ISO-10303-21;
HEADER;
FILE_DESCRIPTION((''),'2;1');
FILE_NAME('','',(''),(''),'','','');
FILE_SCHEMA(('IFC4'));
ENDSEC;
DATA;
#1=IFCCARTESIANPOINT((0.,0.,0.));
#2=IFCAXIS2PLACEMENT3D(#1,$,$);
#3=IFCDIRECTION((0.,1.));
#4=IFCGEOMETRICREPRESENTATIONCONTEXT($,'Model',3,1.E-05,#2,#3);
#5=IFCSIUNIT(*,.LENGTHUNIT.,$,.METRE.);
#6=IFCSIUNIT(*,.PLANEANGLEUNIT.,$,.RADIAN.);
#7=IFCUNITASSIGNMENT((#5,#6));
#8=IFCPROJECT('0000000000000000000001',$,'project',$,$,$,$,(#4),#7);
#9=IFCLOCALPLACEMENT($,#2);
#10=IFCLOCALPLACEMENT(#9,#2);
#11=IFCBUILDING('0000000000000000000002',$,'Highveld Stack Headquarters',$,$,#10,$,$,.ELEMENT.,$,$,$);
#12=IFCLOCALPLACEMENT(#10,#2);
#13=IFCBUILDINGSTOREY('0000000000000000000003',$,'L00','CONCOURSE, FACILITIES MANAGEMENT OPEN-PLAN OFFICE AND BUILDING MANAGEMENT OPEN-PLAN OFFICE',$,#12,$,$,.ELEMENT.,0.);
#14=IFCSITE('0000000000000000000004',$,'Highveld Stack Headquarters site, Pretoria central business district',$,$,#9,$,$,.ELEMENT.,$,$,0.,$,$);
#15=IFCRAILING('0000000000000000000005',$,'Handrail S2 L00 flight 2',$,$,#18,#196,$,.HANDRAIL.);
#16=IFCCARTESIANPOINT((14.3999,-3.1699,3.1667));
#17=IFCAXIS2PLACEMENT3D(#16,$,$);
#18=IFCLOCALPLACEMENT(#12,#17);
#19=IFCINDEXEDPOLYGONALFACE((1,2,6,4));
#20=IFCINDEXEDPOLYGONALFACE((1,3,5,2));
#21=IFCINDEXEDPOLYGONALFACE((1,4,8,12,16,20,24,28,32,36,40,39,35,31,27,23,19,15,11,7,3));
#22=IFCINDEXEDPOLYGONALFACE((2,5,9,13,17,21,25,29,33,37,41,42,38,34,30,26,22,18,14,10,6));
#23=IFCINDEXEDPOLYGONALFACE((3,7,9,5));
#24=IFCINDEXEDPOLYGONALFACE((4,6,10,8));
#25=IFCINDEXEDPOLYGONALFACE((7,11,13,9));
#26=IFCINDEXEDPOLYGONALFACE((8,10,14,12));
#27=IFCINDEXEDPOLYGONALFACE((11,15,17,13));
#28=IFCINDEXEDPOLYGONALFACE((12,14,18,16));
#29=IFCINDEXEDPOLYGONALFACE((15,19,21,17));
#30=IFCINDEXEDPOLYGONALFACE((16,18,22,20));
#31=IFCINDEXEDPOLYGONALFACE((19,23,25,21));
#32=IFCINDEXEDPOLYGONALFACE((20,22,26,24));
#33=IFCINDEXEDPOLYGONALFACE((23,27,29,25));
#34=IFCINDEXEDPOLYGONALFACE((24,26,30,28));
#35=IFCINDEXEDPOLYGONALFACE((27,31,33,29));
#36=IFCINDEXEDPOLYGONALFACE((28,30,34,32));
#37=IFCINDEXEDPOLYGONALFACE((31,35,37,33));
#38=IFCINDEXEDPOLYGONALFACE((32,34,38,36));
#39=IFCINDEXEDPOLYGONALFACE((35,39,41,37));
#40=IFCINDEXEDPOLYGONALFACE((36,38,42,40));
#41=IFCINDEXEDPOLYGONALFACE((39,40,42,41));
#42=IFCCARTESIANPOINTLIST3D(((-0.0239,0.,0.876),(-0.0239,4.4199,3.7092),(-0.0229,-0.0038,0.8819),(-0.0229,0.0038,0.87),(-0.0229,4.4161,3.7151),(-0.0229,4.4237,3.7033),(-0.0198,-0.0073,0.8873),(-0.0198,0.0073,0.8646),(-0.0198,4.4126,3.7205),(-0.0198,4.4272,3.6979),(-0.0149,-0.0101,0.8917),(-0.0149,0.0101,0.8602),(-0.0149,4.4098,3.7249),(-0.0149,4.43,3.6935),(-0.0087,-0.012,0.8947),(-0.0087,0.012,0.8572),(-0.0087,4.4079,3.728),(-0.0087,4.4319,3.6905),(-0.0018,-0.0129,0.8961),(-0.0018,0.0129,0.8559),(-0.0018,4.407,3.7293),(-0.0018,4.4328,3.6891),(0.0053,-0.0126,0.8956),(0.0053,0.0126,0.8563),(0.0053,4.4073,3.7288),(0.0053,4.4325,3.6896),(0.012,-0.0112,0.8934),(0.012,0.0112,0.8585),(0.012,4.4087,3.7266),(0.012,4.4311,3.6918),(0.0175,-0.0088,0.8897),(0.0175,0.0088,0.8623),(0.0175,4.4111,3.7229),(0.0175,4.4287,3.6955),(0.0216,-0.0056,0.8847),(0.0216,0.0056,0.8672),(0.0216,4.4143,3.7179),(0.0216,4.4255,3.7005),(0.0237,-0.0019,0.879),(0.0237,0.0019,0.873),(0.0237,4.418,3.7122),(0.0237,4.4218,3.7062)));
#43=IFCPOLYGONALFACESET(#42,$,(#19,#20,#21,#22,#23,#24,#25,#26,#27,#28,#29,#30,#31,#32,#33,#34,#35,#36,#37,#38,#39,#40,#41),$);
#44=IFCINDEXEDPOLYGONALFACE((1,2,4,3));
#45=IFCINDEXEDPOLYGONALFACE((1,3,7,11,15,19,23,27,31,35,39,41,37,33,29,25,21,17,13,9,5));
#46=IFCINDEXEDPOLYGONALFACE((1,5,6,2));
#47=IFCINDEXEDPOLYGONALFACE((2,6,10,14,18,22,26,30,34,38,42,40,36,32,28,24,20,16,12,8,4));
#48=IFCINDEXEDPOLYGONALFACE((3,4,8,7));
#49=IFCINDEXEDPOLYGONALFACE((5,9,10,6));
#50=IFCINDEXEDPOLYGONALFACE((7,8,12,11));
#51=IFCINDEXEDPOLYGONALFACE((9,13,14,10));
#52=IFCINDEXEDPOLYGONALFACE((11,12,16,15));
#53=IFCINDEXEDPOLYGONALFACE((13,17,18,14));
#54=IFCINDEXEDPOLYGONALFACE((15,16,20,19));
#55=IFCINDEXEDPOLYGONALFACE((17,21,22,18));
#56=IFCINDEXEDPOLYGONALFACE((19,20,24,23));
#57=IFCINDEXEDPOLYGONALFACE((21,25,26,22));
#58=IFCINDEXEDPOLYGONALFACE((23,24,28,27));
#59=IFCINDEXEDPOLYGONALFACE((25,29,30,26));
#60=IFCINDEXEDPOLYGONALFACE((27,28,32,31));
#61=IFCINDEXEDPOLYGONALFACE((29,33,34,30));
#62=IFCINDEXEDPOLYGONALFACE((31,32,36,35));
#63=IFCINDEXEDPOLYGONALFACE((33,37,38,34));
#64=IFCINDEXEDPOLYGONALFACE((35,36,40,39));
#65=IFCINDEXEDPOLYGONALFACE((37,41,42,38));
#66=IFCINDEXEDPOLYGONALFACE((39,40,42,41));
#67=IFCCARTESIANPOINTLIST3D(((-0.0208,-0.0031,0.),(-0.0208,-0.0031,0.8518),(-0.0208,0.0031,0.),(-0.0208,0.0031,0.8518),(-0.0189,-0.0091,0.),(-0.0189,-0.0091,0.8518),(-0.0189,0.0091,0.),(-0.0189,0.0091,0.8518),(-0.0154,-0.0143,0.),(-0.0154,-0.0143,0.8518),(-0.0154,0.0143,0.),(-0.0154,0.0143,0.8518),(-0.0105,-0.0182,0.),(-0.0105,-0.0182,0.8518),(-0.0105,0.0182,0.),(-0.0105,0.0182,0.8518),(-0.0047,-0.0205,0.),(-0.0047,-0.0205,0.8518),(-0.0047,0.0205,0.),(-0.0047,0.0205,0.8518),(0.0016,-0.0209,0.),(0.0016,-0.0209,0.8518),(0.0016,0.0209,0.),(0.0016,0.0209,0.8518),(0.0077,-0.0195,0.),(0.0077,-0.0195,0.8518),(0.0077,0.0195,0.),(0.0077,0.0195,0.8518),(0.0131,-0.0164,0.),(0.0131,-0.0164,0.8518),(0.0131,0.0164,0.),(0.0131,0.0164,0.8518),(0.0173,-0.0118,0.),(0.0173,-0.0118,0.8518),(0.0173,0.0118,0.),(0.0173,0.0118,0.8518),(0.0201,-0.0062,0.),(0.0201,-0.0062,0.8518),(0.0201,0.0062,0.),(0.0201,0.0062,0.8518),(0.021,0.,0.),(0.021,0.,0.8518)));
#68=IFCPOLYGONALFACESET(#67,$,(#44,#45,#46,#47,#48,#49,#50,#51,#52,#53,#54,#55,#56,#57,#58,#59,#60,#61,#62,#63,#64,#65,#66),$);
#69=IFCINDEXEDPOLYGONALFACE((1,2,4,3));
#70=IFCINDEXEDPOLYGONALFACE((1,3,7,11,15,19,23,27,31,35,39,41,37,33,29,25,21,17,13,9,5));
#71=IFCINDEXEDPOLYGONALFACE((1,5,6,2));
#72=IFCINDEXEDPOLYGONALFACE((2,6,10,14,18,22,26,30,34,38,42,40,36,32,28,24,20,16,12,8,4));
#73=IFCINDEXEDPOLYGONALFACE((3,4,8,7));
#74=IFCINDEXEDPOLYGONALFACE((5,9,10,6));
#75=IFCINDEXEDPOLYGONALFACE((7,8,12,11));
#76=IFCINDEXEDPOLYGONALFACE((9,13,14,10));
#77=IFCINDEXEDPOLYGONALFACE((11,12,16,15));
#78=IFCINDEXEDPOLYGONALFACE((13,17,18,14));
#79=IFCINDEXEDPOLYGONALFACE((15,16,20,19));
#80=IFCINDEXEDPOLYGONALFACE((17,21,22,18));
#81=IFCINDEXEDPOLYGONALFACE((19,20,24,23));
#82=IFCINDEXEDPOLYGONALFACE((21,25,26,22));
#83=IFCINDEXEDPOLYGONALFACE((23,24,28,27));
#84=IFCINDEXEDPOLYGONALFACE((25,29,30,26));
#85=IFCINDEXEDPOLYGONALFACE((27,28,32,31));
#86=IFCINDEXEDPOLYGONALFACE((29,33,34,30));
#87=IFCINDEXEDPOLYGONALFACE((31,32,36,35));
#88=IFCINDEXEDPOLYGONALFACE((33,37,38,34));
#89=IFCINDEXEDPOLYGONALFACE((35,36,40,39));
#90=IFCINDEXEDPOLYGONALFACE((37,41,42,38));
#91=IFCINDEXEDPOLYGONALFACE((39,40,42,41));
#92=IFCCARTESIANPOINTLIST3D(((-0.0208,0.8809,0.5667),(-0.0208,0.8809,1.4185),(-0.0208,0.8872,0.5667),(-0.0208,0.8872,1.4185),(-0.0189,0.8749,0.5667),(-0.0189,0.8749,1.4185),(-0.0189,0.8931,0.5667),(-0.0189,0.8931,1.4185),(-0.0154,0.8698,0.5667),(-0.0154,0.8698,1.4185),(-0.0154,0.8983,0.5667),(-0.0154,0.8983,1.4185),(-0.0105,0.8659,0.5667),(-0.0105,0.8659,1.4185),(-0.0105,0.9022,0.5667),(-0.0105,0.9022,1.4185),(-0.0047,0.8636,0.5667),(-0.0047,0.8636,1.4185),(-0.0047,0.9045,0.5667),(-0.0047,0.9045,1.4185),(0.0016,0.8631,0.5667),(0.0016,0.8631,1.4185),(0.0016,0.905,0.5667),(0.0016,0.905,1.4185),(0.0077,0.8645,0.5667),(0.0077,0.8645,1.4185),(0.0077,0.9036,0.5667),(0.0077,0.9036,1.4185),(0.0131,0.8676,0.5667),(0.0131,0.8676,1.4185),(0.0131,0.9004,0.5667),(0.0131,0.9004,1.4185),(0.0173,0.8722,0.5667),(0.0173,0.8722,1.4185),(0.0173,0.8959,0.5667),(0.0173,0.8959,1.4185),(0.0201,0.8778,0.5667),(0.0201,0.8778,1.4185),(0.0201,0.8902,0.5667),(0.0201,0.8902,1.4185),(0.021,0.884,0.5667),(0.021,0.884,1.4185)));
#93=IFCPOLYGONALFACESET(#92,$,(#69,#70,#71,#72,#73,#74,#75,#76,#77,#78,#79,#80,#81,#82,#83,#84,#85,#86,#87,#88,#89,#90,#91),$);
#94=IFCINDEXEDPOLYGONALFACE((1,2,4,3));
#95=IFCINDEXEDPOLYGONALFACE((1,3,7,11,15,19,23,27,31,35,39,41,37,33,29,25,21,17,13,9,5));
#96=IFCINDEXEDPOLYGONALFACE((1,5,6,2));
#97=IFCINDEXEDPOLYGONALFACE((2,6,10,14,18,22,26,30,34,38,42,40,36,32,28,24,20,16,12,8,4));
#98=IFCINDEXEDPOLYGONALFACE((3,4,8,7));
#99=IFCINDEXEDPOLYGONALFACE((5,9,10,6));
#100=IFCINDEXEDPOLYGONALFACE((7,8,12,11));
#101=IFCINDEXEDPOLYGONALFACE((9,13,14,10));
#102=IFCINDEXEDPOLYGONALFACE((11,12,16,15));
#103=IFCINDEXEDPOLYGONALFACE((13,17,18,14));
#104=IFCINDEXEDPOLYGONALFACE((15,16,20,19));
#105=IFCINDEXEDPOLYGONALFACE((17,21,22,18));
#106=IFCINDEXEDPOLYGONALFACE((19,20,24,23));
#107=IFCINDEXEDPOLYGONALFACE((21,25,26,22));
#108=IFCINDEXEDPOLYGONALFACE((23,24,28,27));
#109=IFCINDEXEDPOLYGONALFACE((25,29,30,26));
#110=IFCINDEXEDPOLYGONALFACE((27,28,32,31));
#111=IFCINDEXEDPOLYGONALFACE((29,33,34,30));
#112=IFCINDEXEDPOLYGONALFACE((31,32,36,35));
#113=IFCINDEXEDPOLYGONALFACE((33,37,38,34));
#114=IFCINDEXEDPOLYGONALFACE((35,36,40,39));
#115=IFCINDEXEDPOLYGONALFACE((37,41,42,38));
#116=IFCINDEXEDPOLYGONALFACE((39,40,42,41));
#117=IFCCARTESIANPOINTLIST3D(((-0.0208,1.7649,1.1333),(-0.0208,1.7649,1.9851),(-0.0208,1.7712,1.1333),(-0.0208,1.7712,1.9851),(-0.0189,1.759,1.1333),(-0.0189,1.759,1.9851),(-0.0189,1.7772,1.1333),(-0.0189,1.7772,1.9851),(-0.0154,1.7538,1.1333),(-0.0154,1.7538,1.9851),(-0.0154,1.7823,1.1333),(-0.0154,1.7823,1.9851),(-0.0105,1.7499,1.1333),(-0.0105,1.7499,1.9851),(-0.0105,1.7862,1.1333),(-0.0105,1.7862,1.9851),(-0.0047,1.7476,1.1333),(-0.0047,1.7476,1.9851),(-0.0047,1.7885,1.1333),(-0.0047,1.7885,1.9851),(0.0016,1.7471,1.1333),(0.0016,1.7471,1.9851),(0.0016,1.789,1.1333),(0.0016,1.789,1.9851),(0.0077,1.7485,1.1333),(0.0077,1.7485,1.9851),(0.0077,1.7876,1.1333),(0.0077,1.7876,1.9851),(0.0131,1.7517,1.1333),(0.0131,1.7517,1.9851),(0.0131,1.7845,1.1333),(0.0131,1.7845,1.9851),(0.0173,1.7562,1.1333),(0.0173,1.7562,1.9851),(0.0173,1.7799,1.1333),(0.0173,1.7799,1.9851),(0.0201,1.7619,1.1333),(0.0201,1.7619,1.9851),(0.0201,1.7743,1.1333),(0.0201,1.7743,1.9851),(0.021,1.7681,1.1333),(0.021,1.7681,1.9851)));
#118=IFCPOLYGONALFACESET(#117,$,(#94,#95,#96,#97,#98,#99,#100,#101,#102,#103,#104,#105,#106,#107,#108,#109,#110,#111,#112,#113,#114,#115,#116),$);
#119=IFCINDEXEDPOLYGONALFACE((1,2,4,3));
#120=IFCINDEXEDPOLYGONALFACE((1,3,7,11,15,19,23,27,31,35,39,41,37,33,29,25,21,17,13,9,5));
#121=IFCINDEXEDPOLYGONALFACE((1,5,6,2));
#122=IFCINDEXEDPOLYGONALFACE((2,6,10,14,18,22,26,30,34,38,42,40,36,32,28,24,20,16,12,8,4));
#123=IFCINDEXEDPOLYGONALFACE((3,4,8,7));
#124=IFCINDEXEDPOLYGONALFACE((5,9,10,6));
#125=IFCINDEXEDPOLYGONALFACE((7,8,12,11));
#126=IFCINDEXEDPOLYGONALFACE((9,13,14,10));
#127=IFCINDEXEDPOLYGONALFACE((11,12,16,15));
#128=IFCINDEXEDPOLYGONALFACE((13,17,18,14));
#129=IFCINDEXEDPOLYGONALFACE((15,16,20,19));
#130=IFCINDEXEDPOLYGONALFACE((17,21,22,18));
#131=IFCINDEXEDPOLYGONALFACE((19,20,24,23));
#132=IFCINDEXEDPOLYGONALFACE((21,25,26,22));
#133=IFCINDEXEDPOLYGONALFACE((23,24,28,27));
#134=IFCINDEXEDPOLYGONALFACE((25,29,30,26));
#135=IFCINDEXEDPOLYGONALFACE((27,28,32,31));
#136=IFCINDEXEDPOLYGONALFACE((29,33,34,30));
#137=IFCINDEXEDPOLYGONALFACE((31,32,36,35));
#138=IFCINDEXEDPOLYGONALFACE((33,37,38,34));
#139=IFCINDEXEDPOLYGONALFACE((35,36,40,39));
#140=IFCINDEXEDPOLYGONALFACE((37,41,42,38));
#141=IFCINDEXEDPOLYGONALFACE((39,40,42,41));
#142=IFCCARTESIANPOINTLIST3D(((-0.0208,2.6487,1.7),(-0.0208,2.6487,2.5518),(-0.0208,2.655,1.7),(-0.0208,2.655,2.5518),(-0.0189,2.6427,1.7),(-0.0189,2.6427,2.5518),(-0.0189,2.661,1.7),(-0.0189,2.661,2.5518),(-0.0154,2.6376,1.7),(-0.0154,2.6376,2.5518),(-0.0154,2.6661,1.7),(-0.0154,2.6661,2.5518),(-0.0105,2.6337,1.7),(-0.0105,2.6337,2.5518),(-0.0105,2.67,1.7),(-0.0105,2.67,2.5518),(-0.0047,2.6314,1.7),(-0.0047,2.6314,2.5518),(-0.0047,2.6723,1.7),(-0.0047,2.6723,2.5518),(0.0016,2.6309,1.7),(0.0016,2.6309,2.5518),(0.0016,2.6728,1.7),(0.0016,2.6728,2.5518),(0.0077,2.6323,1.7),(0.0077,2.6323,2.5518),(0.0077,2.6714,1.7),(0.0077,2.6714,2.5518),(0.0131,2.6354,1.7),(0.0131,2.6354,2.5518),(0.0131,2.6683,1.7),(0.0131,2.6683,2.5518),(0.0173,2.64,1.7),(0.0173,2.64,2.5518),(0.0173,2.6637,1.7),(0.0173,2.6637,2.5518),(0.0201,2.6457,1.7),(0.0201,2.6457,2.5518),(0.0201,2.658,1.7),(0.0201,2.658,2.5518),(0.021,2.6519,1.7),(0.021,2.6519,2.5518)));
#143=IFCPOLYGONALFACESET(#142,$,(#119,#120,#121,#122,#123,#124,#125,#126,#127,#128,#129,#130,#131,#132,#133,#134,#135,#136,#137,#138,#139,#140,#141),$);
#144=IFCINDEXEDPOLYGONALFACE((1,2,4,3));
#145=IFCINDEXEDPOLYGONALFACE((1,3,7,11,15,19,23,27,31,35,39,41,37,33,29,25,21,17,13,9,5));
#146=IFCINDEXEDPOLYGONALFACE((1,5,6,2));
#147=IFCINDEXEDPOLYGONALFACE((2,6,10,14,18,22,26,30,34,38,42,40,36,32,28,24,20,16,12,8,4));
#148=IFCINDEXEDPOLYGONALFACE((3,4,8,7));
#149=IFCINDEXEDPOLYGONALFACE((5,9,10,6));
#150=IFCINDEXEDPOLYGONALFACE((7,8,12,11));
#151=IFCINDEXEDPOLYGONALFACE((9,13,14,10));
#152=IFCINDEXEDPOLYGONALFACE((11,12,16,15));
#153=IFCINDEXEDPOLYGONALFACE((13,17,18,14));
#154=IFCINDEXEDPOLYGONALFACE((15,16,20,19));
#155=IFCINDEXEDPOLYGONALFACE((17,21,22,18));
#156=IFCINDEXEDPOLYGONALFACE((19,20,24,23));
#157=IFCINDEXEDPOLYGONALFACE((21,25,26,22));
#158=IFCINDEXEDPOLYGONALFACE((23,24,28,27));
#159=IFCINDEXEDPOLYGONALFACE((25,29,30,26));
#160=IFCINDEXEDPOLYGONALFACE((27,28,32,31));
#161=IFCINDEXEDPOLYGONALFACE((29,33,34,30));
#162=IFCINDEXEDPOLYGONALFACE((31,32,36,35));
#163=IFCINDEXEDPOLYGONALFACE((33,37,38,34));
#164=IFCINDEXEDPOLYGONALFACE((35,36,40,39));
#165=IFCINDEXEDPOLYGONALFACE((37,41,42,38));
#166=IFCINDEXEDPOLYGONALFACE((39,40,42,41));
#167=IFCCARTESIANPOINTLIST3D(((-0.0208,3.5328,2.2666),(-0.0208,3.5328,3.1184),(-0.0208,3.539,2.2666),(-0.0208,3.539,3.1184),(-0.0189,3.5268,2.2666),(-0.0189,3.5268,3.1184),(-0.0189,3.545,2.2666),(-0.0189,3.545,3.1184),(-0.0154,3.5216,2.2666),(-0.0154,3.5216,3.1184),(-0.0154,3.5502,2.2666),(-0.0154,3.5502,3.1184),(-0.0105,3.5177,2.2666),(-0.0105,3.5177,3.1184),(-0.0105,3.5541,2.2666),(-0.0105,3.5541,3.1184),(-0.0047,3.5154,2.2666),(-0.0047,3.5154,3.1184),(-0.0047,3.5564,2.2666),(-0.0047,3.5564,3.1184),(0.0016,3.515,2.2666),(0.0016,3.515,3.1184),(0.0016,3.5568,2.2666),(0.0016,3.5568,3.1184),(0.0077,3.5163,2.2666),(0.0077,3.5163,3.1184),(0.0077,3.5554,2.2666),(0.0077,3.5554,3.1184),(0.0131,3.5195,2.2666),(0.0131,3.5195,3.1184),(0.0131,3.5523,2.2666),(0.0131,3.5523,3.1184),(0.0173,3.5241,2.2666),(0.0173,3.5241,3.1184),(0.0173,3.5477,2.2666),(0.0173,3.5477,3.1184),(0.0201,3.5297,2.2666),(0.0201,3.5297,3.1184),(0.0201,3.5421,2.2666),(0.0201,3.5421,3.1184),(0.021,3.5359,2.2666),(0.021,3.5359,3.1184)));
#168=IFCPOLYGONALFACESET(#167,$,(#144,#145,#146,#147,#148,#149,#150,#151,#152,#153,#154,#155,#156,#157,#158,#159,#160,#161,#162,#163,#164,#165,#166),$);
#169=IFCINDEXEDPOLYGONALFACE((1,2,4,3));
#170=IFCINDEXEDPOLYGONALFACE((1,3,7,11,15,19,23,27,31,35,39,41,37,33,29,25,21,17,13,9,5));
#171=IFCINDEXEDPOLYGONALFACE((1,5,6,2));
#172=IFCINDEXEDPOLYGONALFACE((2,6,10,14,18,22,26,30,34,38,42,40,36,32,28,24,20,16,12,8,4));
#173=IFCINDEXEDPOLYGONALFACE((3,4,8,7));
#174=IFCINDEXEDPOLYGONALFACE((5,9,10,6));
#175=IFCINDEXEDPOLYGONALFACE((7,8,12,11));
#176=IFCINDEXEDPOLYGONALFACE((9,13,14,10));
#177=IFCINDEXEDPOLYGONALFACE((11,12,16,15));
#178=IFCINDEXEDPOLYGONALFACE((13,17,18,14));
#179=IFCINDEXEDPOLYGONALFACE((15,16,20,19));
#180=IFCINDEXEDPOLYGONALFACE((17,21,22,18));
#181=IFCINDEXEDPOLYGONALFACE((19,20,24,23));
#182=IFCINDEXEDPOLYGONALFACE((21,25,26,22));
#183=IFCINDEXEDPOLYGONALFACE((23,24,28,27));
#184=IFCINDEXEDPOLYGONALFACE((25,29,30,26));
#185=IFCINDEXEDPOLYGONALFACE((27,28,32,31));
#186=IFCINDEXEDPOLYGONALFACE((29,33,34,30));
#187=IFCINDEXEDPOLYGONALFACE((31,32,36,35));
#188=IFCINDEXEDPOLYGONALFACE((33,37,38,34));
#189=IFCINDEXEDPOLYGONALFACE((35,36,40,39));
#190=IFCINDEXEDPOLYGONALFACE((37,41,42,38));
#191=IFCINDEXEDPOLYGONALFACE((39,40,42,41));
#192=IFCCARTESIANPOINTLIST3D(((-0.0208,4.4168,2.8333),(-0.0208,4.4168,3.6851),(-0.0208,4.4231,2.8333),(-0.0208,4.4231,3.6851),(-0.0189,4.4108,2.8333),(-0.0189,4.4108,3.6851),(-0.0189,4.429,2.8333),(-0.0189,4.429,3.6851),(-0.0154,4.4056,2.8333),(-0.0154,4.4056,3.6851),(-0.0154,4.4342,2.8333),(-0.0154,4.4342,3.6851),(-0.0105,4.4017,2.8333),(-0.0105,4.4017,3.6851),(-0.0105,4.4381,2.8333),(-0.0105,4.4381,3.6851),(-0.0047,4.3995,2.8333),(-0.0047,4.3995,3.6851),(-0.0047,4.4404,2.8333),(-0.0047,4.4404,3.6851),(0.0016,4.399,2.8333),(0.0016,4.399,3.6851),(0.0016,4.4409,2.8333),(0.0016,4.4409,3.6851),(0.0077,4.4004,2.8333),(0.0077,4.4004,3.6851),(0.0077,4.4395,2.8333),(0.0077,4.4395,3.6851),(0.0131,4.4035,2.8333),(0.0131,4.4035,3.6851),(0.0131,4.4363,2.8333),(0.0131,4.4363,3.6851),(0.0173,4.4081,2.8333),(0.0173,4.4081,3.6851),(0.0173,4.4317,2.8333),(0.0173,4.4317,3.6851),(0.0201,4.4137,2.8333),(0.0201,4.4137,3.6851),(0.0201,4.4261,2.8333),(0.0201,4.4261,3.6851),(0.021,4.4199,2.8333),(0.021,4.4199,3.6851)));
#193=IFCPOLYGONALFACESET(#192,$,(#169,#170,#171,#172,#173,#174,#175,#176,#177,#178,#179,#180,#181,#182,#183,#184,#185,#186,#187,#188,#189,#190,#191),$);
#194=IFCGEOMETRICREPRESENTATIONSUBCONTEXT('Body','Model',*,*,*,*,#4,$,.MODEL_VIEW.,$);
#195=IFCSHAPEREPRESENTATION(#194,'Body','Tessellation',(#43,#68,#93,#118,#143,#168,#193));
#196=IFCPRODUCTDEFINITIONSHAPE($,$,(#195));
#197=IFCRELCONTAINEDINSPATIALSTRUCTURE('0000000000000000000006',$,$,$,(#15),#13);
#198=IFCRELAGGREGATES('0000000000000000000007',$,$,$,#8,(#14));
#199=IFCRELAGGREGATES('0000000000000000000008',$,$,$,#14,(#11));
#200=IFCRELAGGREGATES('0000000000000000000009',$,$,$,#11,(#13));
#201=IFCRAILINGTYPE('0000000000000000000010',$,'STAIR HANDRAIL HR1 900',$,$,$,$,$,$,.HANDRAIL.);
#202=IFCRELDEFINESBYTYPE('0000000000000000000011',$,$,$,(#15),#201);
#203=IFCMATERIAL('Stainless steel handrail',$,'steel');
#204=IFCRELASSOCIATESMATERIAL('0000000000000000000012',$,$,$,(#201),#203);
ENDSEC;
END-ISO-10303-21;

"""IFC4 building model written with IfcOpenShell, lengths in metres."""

from ifc_helpers import new_model, si_unit, direction, frame, origin, origin_2d, place, context, subcontext, project, spatial, circle, extrude, material, type_object, element, save


model = new_model("IFC4")

# Units and contexts
model_context = context("Model", 3, precision=1e-05, world=origin(), true_north=direction((0.0, 1.0)))
body_context = subcontext(model_context, "Body", "Model", "MODEL_VIEW")
ifc_project = project(units=[si_unit("LENGTHUNIT", "METRE"), si_unit("PLANEANGLEUNIT", "RADIAN")], contexts=[model_context])

# Site, building, storey
site_placement = place(None, origin())
site = spatial("IfcSite", under=ifc_project, at=site_placement, Name="Highveld Stack Headquarters site, Pretoria central business district", CompositionType="ELEMENT", RefElevation=0.0)
building_placement = place(site_placement, origin())
building = spatial("IfcBuilding", under=site, at=building_placement, Name="Highveld Stack Headquarters", CompositionType="ELEMENT")
storey_placement = place(building_placement, origin())
storey = spatial("IfcBuildingStorey", under=building, at=storey_placement, Name="L00", Description="CONCOURSE, FACILITIES MANAGEMENT OPEN-PLAN OFFICE AND BUILDING MANAGEMENT OPEN-PLAN OFFICE", CompositionType="ELEMENT", Elevation=0.0)

# Railing
ifc_material_1 = material(Name="Stainless steel handrail", Category="steel")
railing_type = type_object("IfcRailingType", Name="STAIR HANDRAIL HR1 900", PredefinedType="HANDRAIL", material=ifc_material_1)
for number, where, name in (
    (1, (14.3999, -3.1699, 3.1667), "Handrail S2 L00 flight 2"),
):
    element("IfcRailing", number, at=place(storey_placement, frame(where)), inside=storey, type_object=railing_type, Name=name, PredefinedType="HANDRAIL", context=body_context, shape_type="SweptSolid", body=[
        extrude(circle(Radius=0.0239, at=origin_2d()), frame((0.0, 0.0, 0.876), z_axis=(0.0, 0.841882, 0.539662), x_axis=(-1.0, 0.0, 0.0)), (0.0, 0.0, 1.0), 5.25),
        extrude(circle(Radius=0.021, at=origin_2d()), origin(), (0.0, 0.0, 1.0), 0.8518),
        extrude(circle(Radius=0.021, at=origin_2d()), frame((0.0, 0.884, 0.5667)), (0.0, 0.0, 1.0), 0.8518),
        extrude(circle(Radius=0.021, at=origin_2d()), frame((0.0, 1.7681, 1.1333)), (0.0, 0.0, 1.0), 0.8518),
        extrude(circle(Radius=0.021, at=origin_2d()), frame((0.0, 2.6519, 1.7)), (0.0, 0.0, 1.0), 0.8518),
        extrude(circle(Radius=0.021, at=origin_2d()), frame((0.0, 3.5359, 2.2666)), (0.0, 0.0, 1.0), 0.8518),
        extrude(circle(Radius=0.021, at=origin_2d()), frame((0.0, 4.4199, 2.8333)), (0.0, 0.0, 1.0), 0.8518),
    ])

save(model, "model.ifc")
